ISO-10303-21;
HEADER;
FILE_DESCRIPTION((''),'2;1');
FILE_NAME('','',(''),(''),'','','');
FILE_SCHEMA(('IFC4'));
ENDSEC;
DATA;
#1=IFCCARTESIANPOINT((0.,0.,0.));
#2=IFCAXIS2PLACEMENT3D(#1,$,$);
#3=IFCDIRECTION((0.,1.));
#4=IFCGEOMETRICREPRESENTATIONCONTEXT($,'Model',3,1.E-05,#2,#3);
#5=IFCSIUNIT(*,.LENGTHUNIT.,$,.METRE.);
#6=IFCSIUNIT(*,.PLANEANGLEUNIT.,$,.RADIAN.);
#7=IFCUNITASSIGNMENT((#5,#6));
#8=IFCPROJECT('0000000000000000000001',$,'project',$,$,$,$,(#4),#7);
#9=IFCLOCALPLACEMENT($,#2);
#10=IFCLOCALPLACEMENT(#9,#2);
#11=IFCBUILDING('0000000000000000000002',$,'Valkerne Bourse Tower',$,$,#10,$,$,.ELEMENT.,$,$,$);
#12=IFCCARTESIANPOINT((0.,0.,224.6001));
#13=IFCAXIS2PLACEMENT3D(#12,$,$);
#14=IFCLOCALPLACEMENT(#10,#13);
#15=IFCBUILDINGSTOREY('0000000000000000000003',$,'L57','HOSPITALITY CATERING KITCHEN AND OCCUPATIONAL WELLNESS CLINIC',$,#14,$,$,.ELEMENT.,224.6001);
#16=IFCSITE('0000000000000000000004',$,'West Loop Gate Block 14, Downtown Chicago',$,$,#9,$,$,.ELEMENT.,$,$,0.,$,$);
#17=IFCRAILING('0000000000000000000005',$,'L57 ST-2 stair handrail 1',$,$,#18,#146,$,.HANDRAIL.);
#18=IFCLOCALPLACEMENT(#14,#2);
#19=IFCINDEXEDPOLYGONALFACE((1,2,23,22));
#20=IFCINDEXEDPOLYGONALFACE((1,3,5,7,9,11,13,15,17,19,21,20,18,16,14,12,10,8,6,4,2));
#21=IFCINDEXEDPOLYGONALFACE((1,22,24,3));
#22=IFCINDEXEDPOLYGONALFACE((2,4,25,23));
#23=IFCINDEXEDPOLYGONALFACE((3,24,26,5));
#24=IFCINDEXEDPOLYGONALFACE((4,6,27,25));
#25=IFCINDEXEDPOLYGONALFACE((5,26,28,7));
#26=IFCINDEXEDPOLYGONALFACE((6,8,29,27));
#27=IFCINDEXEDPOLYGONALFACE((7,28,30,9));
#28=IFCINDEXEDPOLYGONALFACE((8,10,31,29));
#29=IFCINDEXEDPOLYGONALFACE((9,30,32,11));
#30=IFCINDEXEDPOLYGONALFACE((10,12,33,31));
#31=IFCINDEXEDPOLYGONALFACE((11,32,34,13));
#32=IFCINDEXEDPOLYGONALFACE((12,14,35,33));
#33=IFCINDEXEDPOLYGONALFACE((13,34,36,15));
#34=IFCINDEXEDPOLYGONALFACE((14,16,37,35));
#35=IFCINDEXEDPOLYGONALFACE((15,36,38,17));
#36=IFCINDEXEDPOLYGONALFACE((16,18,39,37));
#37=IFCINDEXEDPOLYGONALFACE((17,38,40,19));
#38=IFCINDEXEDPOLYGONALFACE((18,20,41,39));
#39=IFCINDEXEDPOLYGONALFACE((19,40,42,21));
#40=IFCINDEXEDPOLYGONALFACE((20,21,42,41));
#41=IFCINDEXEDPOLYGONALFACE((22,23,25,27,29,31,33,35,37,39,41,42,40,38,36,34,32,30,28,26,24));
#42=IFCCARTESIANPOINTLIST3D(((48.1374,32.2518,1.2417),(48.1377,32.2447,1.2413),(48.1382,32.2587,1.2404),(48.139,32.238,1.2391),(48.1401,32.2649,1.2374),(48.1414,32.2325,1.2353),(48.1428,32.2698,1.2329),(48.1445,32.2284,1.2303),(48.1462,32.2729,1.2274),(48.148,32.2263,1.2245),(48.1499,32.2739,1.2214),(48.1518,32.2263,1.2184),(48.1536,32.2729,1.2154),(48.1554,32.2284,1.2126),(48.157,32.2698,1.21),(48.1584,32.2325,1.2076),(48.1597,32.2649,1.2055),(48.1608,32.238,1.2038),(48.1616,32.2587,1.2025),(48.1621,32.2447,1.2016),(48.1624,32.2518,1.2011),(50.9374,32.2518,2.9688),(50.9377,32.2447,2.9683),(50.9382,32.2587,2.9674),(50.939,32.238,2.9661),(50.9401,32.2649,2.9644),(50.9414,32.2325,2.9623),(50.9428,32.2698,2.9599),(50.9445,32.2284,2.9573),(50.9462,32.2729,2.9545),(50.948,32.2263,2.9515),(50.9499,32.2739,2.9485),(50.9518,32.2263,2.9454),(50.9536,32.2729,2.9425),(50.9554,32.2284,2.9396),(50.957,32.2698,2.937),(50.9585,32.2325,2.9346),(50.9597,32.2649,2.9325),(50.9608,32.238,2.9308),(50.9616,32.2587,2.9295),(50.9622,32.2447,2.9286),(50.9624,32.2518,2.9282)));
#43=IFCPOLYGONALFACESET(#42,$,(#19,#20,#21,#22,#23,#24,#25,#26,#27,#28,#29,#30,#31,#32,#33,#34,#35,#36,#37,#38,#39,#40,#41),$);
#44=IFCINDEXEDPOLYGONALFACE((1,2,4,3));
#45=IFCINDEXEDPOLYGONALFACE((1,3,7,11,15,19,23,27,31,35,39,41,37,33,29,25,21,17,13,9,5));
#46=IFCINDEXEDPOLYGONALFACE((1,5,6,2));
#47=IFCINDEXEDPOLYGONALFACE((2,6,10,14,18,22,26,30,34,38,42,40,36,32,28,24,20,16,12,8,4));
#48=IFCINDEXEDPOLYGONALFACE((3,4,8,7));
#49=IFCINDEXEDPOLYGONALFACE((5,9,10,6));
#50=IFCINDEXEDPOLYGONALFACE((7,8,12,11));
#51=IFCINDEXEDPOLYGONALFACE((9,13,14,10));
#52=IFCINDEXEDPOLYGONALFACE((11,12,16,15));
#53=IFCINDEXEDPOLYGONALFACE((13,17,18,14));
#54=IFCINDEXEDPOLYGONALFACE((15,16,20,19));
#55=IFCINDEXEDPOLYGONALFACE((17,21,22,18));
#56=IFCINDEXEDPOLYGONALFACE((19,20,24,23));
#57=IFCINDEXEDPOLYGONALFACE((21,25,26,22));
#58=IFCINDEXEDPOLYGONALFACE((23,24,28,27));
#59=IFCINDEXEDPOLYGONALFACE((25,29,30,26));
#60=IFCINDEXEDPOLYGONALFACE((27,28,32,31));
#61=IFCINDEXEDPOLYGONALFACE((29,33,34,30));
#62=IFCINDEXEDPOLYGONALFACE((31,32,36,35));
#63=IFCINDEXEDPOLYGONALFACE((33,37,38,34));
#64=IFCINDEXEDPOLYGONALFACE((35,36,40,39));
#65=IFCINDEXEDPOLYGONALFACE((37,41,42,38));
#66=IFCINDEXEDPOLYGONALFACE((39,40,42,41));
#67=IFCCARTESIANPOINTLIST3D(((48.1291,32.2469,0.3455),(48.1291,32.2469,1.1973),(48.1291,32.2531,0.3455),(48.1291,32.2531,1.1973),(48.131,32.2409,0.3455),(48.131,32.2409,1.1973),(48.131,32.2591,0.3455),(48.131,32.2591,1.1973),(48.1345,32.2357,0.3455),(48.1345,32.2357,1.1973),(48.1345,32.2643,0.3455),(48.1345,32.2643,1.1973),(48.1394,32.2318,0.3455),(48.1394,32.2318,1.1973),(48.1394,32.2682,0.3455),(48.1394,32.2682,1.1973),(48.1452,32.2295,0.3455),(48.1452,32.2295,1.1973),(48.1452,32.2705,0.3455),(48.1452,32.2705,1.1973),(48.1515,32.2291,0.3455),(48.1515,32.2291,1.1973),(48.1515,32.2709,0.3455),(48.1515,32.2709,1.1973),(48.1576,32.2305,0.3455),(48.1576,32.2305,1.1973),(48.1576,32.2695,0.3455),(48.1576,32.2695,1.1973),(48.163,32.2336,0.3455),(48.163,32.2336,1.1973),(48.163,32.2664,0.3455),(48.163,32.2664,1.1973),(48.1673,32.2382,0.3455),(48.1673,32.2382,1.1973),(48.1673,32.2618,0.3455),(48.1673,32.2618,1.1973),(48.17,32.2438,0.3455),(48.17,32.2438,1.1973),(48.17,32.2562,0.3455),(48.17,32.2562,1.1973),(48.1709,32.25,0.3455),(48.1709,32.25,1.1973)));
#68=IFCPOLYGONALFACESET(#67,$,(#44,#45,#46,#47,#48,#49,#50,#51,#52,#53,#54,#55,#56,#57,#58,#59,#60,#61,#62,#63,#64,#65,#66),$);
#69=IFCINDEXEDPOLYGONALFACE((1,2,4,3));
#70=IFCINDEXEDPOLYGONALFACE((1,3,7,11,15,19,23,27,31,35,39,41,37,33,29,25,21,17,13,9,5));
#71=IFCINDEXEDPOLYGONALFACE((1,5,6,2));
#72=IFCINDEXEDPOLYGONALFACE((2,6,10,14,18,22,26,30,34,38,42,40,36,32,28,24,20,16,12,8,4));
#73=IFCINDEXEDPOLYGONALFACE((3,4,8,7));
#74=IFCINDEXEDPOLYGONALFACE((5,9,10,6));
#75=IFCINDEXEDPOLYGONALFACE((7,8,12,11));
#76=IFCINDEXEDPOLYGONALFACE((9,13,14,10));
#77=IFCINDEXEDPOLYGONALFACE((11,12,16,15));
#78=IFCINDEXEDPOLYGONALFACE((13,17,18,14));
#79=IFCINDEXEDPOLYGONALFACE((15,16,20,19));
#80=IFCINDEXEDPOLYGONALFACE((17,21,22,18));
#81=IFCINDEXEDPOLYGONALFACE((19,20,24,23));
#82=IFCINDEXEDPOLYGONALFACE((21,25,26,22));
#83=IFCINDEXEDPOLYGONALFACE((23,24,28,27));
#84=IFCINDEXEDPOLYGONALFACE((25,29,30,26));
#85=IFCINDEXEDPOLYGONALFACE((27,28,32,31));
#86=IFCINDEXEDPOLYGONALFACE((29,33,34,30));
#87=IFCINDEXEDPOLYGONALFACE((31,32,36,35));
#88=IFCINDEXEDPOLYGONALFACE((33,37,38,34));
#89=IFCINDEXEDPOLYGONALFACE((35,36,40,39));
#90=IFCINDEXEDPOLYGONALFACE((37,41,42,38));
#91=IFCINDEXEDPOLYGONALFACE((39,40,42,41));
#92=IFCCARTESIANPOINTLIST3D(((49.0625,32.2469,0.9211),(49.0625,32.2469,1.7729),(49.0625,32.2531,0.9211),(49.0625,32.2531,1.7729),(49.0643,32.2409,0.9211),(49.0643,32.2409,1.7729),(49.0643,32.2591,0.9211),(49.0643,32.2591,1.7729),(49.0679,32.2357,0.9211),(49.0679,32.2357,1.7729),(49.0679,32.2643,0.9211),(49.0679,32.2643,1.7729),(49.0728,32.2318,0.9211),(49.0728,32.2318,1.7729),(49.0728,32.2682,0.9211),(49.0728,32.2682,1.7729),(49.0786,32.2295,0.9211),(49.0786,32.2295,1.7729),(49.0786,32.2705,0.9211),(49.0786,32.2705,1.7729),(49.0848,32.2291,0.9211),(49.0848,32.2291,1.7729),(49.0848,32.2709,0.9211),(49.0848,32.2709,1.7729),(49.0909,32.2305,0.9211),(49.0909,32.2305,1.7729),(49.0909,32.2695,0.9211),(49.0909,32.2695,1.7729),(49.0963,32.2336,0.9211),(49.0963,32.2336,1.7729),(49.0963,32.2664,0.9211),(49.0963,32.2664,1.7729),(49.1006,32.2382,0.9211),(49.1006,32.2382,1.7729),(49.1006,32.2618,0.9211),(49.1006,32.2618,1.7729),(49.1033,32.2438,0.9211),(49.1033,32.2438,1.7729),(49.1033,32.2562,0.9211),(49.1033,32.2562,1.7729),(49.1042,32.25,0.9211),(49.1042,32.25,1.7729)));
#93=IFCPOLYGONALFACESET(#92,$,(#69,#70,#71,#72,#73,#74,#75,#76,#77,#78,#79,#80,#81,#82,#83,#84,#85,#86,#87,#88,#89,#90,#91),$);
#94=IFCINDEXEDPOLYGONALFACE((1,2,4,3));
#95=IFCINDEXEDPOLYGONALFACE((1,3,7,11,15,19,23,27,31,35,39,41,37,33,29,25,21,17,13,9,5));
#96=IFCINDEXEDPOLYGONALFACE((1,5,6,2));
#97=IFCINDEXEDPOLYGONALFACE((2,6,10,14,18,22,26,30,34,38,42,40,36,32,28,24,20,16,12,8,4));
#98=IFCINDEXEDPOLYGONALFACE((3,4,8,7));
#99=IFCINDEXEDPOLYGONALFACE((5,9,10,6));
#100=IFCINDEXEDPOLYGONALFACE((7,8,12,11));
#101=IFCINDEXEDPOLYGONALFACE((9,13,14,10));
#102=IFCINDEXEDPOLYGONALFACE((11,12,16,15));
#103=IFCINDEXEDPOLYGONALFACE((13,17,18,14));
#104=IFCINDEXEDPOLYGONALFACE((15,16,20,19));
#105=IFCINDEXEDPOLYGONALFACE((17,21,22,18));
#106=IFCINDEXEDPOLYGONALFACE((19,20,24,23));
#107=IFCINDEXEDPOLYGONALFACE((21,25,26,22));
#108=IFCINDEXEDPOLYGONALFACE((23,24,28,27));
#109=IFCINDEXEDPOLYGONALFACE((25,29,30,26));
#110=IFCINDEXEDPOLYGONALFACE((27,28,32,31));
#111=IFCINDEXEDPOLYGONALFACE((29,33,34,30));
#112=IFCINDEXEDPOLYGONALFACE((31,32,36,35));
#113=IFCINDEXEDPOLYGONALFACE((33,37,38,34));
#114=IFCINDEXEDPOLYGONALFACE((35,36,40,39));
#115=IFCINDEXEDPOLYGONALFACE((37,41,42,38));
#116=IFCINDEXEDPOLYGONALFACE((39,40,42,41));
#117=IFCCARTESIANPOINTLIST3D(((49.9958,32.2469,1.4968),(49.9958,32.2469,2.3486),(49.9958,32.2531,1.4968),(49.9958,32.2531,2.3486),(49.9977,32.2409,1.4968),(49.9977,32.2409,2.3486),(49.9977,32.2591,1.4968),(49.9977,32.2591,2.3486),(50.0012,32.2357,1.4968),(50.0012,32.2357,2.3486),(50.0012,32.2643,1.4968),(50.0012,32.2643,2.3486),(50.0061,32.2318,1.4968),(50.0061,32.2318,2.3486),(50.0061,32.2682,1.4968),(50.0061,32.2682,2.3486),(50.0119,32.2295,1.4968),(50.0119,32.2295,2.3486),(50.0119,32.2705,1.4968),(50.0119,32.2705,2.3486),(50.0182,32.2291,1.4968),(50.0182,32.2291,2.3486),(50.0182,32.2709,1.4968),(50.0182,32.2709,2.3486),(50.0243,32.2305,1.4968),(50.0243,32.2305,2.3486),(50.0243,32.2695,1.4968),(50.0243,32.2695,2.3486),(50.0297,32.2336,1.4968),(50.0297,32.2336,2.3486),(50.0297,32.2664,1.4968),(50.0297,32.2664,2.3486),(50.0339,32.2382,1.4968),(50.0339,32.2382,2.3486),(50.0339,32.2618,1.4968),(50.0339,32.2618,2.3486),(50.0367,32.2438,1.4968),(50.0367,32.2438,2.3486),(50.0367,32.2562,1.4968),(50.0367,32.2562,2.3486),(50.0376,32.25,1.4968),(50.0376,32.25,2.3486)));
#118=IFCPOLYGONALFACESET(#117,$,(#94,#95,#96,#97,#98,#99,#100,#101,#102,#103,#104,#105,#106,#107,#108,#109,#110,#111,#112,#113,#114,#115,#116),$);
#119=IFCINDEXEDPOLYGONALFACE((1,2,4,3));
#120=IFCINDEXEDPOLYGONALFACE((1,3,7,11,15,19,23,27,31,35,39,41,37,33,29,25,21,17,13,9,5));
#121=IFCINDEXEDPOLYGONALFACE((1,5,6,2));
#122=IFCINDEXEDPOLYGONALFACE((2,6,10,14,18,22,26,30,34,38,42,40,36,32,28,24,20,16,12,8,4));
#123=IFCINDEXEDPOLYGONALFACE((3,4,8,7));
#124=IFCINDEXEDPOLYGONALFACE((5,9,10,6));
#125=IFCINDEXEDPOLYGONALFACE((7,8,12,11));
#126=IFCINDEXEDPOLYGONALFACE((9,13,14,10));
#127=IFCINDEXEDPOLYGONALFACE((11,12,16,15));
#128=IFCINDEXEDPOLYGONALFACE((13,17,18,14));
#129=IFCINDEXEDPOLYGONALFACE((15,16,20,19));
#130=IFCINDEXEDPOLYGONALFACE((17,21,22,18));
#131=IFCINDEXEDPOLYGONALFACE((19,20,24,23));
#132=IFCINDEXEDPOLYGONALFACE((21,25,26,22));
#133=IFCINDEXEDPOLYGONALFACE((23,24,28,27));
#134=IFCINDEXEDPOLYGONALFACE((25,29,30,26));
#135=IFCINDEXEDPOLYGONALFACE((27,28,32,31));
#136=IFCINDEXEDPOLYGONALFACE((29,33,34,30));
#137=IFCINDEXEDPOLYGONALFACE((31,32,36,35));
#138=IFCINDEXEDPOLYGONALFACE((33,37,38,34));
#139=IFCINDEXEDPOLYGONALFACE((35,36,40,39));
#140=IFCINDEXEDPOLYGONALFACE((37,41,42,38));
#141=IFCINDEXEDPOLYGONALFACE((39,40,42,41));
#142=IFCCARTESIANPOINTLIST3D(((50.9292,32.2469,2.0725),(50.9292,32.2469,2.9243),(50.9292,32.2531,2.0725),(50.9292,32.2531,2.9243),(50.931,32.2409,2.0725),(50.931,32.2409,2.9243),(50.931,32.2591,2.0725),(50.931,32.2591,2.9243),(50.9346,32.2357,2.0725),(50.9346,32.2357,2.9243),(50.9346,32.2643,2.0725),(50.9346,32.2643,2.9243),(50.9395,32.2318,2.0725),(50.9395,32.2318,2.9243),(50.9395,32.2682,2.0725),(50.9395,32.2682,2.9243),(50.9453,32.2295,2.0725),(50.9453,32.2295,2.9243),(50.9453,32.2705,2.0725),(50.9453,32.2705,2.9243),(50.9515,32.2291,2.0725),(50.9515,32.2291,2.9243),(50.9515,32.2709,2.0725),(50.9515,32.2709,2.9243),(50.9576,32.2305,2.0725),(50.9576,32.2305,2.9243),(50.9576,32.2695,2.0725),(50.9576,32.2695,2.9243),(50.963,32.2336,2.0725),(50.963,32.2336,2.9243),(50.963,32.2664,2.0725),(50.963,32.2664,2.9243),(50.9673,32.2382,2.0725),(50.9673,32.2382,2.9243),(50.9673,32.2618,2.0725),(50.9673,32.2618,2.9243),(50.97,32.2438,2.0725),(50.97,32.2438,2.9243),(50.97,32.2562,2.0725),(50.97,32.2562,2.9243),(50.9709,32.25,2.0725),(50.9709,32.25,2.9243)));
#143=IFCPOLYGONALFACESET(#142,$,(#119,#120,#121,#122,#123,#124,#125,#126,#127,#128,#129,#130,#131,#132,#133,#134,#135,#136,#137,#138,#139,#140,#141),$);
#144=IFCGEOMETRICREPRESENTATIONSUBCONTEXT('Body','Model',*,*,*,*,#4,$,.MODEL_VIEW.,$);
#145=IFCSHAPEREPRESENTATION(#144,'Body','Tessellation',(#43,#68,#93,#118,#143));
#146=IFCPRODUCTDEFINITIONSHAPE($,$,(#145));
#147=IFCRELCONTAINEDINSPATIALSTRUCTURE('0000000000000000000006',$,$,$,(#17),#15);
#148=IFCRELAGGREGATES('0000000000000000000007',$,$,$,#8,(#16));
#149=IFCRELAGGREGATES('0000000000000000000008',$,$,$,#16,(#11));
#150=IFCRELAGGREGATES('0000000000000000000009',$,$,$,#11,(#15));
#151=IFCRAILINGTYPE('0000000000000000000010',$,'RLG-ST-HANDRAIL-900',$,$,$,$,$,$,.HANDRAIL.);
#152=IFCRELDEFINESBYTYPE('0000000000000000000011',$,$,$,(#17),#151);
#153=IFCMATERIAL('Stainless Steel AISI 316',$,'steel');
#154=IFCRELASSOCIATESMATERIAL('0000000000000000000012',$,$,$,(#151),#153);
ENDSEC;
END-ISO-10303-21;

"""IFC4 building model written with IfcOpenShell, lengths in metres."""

from ifc_helpers import new_model, si_unit, direction, frame, origin, origin_2d, place, context, subcontext, project, spatial, circle, extrude, material, type_object, element, save


model = new_model("IFC4")

# Units and contexts
model_context = context("Model", 3, precision=1e-05, world=origin(), true_north=direction((0.0, 1.0)))
body_context = subcontext(model_context, "Body", "Model", "MODEL_VIEW")
ifc_project = project(units=[si_unit("LENGTHUNIT", "METRE"), si_unit("PLANEANGLEUNIT", "RADIAN")], contexts=[model_context])

# Site, building, storey
site_placement = place(None, origin())
site = spatial("IfcSite", under=ifc_project, at=site_placement, Name="West Loop Gate Block 14, Downtown Chicago", CompositionType="ELEMENT", RefElevation=0.0)
building_placement = place(site_placement, origin())
building = spatial("IfcBuilding", under=site, at=building_placement, Name="Valkerne Bourse Tower", CompositionType="ELEMENT")
storey_placement = place(building_placement, frame((0.0, 0.0, 224.6001)))
storey = spatial("IfcBuildingStorey", under=building, at=storey_placement, Name="L57", Description="HOSPITALITY CATERING KITCHEN AND OCCUPATIONAL WELLNESS CLINIC", CompositionType="ELEMENT", Elevation=224.6001)

# Shared definitions
ifc_material_1 = material(Name="Stainless Steel AISI 316", Category="steel")

# Railing
railing_type_1 = type_object("IfcRailingType", Name="RLG-ST-HANDRAIL-900", PredefinedType="HANDRAIL", material=ifc_material_1)
railing_1_placement = place(storey_placement, frame((48.1499, 32.25, 0.3455)))
element("IfcRailing", 1, at=railing_1_placement, inside=storey, type_object=railing_type_1, Name="L57 ST-2 stair handrail 1", PredefinedType="HANDRAIL", context=body_context, shape_type="SweptSolid", body=[
    extrude(circle(Radius=0.0239, at=origin_2d()), frame((0.0, 0.0, 0.876), z_axis=(0.851123, 0.0, 0.524967), x_axis=(0.0, 1.0, 0.0)), (0.0, 0.0, 1.0), 3.2898),
    extrude(circle(Radius=0.021, at=origin_2d()), origin(), (0.0, 0.0, 1.0), 0.8518),
    extrude(circle(Radius=0.021, at=origin_2d()), frame((0.9333, 0.0, 0.5757)), (0.0, 0.0, 1.0), 0.8518),
    extrude(circle(Radius=0.021, at=origin_2d()), frame((1.8667, 0.0, 1.1514)), (0.0, 0.0, 1.0), 0.8518),
    extrude(circle(Radius=0.021, at=origin_2d()), frame((2.8, 0.0, 1.7271)), (0.0, 0.0, 1.0), 0.8518),
])

save(model, "model.ifc")
